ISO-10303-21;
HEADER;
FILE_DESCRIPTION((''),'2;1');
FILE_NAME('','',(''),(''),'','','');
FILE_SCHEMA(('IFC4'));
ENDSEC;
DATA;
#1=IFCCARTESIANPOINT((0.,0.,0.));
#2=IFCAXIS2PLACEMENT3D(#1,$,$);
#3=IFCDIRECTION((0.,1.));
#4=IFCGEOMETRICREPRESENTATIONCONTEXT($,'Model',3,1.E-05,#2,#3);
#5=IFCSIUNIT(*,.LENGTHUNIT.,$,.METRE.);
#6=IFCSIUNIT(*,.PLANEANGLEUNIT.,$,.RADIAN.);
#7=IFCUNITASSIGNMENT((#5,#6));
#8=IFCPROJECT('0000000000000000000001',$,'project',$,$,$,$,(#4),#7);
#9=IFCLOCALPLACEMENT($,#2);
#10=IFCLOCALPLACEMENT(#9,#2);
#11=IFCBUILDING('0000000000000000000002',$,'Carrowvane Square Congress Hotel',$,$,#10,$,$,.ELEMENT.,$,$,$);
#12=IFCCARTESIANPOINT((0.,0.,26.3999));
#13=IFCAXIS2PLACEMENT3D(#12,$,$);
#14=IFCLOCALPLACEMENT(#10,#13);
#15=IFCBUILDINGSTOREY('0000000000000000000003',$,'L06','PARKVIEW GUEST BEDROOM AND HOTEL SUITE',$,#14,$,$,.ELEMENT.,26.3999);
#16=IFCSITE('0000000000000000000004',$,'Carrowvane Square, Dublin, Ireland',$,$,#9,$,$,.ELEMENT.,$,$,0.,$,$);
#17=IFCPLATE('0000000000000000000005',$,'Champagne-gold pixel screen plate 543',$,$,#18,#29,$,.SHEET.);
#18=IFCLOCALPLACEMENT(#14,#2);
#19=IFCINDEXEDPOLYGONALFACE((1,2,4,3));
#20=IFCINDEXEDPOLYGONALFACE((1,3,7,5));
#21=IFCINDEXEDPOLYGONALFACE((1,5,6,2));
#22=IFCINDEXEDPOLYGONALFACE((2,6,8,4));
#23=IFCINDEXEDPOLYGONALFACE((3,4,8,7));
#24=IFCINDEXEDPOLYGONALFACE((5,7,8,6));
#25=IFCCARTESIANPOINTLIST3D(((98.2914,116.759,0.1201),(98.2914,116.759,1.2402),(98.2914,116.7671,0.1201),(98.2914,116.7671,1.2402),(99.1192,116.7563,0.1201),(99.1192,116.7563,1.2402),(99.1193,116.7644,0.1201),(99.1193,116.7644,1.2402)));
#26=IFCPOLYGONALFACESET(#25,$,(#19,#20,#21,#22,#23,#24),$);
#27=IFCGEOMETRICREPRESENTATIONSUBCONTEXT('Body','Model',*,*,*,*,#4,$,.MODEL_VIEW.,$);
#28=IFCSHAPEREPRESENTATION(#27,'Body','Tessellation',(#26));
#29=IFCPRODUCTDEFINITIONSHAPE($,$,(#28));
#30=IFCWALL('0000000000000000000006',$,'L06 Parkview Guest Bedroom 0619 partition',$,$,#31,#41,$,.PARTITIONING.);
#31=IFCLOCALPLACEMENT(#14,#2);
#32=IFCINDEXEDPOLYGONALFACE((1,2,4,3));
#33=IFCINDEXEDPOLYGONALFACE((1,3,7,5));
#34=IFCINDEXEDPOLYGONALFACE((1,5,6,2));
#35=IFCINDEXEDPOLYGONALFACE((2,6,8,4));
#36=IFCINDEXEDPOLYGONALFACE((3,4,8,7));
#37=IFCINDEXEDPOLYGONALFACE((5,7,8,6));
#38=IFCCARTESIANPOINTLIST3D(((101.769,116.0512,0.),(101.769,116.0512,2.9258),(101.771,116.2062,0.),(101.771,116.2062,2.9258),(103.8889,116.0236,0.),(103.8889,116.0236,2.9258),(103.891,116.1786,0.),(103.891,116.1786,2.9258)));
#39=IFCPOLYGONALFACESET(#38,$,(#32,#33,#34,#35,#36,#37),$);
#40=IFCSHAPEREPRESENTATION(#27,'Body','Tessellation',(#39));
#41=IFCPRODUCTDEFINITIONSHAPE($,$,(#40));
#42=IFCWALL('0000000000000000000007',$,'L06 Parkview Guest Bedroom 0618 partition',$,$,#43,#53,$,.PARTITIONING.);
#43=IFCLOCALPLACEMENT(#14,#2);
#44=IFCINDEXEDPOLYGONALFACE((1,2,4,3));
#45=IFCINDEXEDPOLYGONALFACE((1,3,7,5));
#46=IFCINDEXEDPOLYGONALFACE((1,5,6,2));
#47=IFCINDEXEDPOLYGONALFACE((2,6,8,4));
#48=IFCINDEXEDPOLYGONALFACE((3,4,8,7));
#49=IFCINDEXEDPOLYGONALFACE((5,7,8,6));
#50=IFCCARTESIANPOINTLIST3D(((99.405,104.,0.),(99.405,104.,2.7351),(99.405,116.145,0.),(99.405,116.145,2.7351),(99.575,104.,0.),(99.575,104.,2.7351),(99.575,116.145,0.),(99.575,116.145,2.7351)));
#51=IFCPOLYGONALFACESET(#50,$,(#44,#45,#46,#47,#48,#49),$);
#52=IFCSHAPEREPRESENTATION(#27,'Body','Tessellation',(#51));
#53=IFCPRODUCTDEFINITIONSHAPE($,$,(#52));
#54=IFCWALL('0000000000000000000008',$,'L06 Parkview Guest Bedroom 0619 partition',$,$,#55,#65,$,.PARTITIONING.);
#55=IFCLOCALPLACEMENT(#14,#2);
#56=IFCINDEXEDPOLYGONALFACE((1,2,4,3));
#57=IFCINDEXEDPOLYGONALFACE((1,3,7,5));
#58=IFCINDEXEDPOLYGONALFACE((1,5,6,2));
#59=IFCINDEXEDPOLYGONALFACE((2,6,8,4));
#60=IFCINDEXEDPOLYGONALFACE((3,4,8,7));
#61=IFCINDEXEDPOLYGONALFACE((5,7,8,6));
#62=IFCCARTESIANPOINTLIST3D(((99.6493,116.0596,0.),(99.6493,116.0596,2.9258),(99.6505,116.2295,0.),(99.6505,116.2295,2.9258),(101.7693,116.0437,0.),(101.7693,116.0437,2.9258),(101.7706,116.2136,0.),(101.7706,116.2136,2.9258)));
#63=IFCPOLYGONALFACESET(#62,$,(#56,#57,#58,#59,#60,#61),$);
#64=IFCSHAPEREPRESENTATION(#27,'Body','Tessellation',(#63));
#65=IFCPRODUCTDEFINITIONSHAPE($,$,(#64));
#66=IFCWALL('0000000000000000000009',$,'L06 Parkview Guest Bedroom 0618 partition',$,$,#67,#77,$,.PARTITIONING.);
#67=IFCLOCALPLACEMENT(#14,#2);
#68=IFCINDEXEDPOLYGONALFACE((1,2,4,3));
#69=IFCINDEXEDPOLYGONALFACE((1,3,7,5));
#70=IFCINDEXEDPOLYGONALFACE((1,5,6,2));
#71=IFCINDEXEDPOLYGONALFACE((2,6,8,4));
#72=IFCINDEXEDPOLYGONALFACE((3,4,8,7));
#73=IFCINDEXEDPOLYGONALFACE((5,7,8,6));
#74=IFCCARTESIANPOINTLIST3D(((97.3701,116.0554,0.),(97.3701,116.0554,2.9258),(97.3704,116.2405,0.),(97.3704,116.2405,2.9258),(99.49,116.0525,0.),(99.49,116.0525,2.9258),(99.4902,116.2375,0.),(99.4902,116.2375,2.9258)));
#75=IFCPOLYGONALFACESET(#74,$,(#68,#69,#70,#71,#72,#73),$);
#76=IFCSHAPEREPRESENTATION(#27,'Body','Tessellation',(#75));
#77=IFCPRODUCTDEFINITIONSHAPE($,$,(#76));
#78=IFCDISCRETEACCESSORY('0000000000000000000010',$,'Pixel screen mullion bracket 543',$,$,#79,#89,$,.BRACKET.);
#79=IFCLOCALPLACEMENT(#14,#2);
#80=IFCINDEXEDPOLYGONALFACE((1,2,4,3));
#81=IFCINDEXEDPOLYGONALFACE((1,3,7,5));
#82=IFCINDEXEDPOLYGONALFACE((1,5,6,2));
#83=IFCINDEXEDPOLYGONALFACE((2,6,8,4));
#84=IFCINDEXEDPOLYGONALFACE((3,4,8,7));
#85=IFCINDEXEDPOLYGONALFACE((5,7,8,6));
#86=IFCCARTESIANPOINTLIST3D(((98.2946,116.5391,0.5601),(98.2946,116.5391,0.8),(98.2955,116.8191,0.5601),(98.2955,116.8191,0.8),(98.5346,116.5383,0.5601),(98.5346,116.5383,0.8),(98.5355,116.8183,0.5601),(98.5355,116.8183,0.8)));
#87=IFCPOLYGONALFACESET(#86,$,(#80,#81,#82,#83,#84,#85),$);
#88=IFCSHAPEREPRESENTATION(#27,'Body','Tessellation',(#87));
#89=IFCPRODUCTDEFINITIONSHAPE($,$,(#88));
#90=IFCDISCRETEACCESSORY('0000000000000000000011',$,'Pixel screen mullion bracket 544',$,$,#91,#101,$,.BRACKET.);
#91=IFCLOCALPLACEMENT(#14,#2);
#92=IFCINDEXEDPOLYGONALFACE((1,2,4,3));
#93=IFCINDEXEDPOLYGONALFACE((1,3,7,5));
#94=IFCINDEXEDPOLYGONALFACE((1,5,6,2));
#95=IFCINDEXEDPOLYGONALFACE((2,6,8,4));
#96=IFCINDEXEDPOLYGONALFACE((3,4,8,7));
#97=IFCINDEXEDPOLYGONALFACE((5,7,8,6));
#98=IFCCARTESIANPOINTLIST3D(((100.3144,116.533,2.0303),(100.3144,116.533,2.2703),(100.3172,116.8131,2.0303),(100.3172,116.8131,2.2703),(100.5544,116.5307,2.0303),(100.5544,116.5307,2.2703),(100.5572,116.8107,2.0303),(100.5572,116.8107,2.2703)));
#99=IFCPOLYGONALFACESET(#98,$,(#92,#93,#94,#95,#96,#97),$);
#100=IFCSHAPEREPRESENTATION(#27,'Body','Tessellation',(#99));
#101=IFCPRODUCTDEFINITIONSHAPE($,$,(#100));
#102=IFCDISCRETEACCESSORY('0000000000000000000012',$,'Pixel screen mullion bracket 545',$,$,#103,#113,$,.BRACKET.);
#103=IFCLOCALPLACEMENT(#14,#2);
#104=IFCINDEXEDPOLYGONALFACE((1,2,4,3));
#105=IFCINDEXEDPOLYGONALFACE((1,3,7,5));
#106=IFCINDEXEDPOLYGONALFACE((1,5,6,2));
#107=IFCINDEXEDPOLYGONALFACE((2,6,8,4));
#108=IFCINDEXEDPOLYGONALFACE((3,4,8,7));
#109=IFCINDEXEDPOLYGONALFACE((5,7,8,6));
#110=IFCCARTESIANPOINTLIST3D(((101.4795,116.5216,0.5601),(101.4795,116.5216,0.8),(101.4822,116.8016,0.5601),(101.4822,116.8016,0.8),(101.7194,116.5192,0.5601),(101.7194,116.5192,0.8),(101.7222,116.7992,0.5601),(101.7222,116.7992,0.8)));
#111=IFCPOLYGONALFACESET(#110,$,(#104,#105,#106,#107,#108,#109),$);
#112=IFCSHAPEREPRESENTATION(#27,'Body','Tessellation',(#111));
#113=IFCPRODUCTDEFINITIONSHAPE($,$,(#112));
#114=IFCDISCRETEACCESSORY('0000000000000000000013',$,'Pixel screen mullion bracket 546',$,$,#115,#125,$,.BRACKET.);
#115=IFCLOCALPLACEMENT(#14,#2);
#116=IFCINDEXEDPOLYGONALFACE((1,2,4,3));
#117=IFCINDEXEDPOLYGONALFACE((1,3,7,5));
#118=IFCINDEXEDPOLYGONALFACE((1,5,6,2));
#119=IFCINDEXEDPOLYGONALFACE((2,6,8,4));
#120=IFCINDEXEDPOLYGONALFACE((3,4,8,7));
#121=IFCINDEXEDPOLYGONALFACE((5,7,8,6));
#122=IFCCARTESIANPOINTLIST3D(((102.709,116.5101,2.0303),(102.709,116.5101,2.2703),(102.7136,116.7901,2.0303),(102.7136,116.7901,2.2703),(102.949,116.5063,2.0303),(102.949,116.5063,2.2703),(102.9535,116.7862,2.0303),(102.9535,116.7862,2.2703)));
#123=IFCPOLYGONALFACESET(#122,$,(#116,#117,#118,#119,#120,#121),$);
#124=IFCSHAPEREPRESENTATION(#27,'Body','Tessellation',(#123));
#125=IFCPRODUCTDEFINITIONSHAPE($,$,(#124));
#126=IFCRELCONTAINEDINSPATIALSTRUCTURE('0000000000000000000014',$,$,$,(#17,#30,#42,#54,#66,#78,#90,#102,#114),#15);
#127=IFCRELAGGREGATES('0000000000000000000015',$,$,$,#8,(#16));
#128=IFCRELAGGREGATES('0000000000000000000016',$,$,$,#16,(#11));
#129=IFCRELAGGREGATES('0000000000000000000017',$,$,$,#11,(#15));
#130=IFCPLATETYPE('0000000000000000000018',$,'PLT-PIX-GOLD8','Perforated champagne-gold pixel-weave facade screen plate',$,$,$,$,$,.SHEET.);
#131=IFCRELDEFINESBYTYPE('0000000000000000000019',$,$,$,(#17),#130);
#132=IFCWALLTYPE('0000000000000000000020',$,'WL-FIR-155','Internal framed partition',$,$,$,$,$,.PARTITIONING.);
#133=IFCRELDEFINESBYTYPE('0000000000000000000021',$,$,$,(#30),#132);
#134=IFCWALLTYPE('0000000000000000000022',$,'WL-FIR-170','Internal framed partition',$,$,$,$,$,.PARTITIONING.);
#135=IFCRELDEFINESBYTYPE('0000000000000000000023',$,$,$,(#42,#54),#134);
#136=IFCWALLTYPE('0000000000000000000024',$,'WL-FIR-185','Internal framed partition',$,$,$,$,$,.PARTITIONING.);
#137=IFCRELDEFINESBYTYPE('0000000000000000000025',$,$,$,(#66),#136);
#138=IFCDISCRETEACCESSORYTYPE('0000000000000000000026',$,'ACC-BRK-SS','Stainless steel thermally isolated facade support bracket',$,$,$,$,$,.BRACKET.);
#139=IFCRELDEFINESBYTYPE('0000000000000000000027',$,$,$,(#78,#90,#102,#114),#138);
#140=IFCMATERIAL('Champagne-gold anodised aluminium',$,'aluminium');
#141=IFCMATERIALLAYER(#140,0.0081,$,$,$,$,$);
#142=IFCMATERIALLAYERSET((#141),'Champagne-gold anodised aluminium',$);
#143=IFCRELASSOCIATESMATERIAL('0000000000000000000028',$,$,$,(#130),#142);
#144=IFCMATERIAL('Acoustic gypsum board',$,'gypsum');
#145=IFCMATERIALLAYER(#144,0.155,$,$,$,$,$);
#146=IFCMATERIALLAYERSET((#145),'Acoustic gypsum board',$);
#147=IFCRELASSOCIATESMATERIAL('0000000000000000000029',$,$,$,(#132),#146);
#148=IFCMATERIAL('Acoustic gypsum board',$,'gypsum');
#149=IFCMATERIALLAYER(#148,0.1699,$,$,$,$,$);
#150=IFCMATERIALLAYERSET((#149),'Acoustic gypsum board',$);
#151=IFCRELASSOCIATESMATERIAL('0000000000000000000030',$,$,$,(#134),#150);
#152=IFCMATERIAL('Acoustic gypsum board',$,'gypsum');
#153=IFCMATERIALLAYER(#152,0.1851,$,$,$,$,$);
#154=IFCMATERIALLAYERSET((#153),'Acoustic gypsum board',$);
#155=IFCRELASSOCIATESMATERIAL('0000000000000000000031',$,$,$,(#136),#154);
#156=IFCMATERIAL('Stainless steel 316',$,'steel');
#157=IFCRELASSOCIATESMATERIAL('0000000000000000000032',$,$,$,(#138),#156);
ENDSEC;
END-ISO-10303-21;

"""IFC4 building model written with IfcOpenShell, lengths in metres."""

from ifc_helpers import new_model, si_unit, direction, frame, frame_2d, origin, origin_2d, place, context, subcontext, project, spatial, rectangle, extrude, material, layer, layer_set, type_object, element, save


model = new_model("IFC4")

# Units and contexts
model_context = context("Model", 3, precision=1e-05, world=origin(), true_north=direction((0.0, 1.0)))
body_context = subcontext(model_context, "Body", "Model", "MODEL_VIEW")
ifc_project = project(units=[si_unit("LENGTHUNIT", "METRE"), si_unit("PLANEANGLEUNIT", "RADIAN")], contexts=[model_context])

# Site, building, storey
site_placement = place(None, origin())
site = spatial("IfcSite", under=ifc_project, at=site_placement, Name="Carrowvane Square, Dublin, Ireland", CompositionType="ELEMENT", RefElevation=0.0)
building_placement = place(site_placement, origin())
building = spatial("IfcBuilding", under=site, at=building_placement, Name="Carrowvane Square Congress Hotel", CompositionType="ELEMENT")
storey_placement = place(building_placement, frame((0.0, 0.0, 26.3999)))
storey = spatial("IfcBuildingStorey", under=building, at=storey_placement, Name="L06", Description="PARKVIEW GUEST BEDROOM AND HOTEL SUITE", CompositionType="ELEMENT", Elevation=26.3999)

# Plate
ifc_material_1 = material(Name="Champagne-gold anodised aluminium", Category="aluminium")
ifc_layer_1 = layer(ifc_material_1, 0.0081)
ifc_layer_set_1 = layer_set([ifc_layer_1], Name="Champagne-gold anodised aluminium")
plate_type_1 = type_object("IfcPlateType", Name="PLT-PIX-GOLD8", Description="Perforated champagne-gold pixel-weave facade screen plate", PredefinedType="SHEET", material=ifc_layer_set_1)
plate_1_placement = place(storey_placement, frame((98.7053, 116.7617, 0.1201), z_axis=(0.0, 0.0, 1.0), x_axis=(0.999995, -0.00327, 0.0)))
element("IfcPlate", 1, at=plate_1_placement, inside=storey, type_object=plate_type_1, Name="Champagne-gold pixel screen plate 543", PredefinedType="SHEET", context=body_context, shape_type="SweptSolid", body=[
    extrude(rectangle(XDim=0.8279, YDim=0.0081, at=origin_2d()), origin(), (0.0, 0.0, 1.0), 1.1201),
])

# Walls
ifc_material_2 = material(Name="Acoustic gypsum board", Category="gypsum")
ifc_layer_2 = layer(ifc_material_2, 0.155)
ifc_layer_set_2 = layer_set([ifc_layer_2], Name="Acoustic gypsum board")
wall_type_1 = type_object("IfcWallType", Name="WL-FIR-155", Description="Internal framed partition", PredefinedType="PARTITIONING", material=ifc_layer_set_2)
wall_1_placement = place(storey_placement, frame((101.77, 116.1287, 0.0), z_axis=(0.0, 0.0, 1.0), x_axis=(0.999915, -0.013013, 0.0)))
element("IfcWall", 2, at=wall_1_placement, inside=storey, type_object=wall_type_1, Name="L06 Parkview Guest Bedroom 0619 partition", PredefinedType="PARTITIONING", context=body_context, shape_type="SweptSolid", body=[
    extrude(rectangle(XDim=2.1201, YDim=0.155, at=frame_2d((1.0601, 0.0))), origin(), (0.0, 0.0, 1.0), 2.9258),
])
ifc_material_3 = material(Name="Acoustic gypsum board", Category="gypsum")
ifc_layer_3 = layer(ifc_material_3, 0.1699)
ifc_layer_set_3 = layer_set([ifc_layer_3], Name="Acoustic gypsum board")
wall_type_2 = type_object("IfcWallType", Name="WL-FIR-170", Description="Internal framed partition", PredefinedType="PARTITIONING", material=ifc_layer_set_3)
wall_2_placement = place(storey_placement, frame((99.49, 116.145, 0.0), z_axis=(0.0, 0.0, 1.0), x_axis=(0.0, -1.0, 0.0)))
element("IfcWall", 3, at=wall_2_placement, inside=storey, type_object=wall_type_2, Name="L06 Parkview Guest Bedroom 0618 partition", PredefinedType="PARTITIONING", context=body_context, shape_type="SweptSolid", body=[
    extrude(rectangle(XDim=12.145, YDim=0.1699, at=frame_2d((6.0725, 0.0))), origin(), (0.0, 0.0, 1.0), 2.7351),
])
wall_3_placement = place(storey_placement, frame((99.6499, 116.1445, 0.0), z_axis=(0.0, 0.0, 1.0), x_axis=(0.999972, -0.007485, 0.0)))
element("IfcWall", 4, at=wall_3_placement, inside=storey, type_object=wall_type_2, Name="L06 Parkview Guest Bedroom 0619 partition", PredefinedType="PARTITIONING", context=body_context, shape_type="SweptSolid", body=[
    extrude(rectangle(XDim=2.1201, YDim=0.1699, at=frame_2d((1.0601, 0.0))), origin(), (0.0, 0.0, 1.0), 2.9258),
])
ifc_material_4 = material(Name="Acoustic gypsum board", Category="gypsum")
ifc_layer_4 = layer(ifc_material_4, 0.1851)
ifc_layer_set_4 = layer_set([ifc_layer_4], Name="Acoustic gypsum board")
wall_type_3 = type_object("IfcWallType", Name="WL-FIR-185", Description="Internal framed partition", PredefinedType="PARTITIONING", material=ifc_layer_set_4)
wall_4_placement = place(storey_placement, frame((97.3701, 116.1479, 0.0), z_axis=(0.0, 0.0, 1.0), x_axis=(0.999999, -0.001382, 0.0)))
element("IfcWall", 5, at=wall_4_placement, inside=storey, type_object=wall_type_3, Name="L06 Parkview Guest Bedroom 0618 partition", PredefinedType="PARTITIONING", context=body_context, shape_type="SweptSolid", body=[
    extrude(rectangle(XDim=2.1199, YDim=0.1851, at=frame_2d((1.0601, 0.0))), origin(), (0.0, 0.0, 1.0), 2.9258),
])

# Discrete accessories
ifc_material_5 = material(Name="Stainless steel 316", Category="steel")
discrete_accessory_type = type_object("IfcDiscreteAccessoryType", Name="ACC-BRK-SS", Description="Stainless steel thermally isolated facade support bracket", PredefinedType="BRACKET", material=ifc_material_5)
for number, where, z_axis, x_axis, name in (
    (6, (98.415, 116.6787, 0.5601), (0.0, 0.0, 1.0), (0.999995, -0.00327, 0.0), "Pixel screen mullion bracket 543"),
    (7, (100.4358, 116.6719, 2.0303), (0.0, 0.0, 1.0), (0.999952, -0.009782, 0.0), "Pixel screen mullion bracket 544"),
    (8, (101.6008, 116.6604, 0.5601), (0.0, 0.0, 1.0), (0.999952, -0.009782, 0.0), "Pixel screen mullion bracket 545"),
    (9, (102.8313, 116.6482, 2.0303), (0.0, 0.0, 1.0), (0.999869, -0.016216, 0.0), "Pixel screen mullion bracket 546"),
):
    element("IfcDiscreteAccessory", number, at=place(storey_placement, frame(where, z_axis=z_axis, x_axis=x_axis)), inside=storey, type_object=discrete_accessory_type, Name=name, PredefinedType="BRACKET", context=body_context, shape_type="SweptSolid", body=[
        extrude(rectangle(XDim=0.24, YDim=0.28, at=origin_2d()), origin(), (0.0, 0.0, 1.0), 0.24),
    ])

save(model, "model.ifc")
